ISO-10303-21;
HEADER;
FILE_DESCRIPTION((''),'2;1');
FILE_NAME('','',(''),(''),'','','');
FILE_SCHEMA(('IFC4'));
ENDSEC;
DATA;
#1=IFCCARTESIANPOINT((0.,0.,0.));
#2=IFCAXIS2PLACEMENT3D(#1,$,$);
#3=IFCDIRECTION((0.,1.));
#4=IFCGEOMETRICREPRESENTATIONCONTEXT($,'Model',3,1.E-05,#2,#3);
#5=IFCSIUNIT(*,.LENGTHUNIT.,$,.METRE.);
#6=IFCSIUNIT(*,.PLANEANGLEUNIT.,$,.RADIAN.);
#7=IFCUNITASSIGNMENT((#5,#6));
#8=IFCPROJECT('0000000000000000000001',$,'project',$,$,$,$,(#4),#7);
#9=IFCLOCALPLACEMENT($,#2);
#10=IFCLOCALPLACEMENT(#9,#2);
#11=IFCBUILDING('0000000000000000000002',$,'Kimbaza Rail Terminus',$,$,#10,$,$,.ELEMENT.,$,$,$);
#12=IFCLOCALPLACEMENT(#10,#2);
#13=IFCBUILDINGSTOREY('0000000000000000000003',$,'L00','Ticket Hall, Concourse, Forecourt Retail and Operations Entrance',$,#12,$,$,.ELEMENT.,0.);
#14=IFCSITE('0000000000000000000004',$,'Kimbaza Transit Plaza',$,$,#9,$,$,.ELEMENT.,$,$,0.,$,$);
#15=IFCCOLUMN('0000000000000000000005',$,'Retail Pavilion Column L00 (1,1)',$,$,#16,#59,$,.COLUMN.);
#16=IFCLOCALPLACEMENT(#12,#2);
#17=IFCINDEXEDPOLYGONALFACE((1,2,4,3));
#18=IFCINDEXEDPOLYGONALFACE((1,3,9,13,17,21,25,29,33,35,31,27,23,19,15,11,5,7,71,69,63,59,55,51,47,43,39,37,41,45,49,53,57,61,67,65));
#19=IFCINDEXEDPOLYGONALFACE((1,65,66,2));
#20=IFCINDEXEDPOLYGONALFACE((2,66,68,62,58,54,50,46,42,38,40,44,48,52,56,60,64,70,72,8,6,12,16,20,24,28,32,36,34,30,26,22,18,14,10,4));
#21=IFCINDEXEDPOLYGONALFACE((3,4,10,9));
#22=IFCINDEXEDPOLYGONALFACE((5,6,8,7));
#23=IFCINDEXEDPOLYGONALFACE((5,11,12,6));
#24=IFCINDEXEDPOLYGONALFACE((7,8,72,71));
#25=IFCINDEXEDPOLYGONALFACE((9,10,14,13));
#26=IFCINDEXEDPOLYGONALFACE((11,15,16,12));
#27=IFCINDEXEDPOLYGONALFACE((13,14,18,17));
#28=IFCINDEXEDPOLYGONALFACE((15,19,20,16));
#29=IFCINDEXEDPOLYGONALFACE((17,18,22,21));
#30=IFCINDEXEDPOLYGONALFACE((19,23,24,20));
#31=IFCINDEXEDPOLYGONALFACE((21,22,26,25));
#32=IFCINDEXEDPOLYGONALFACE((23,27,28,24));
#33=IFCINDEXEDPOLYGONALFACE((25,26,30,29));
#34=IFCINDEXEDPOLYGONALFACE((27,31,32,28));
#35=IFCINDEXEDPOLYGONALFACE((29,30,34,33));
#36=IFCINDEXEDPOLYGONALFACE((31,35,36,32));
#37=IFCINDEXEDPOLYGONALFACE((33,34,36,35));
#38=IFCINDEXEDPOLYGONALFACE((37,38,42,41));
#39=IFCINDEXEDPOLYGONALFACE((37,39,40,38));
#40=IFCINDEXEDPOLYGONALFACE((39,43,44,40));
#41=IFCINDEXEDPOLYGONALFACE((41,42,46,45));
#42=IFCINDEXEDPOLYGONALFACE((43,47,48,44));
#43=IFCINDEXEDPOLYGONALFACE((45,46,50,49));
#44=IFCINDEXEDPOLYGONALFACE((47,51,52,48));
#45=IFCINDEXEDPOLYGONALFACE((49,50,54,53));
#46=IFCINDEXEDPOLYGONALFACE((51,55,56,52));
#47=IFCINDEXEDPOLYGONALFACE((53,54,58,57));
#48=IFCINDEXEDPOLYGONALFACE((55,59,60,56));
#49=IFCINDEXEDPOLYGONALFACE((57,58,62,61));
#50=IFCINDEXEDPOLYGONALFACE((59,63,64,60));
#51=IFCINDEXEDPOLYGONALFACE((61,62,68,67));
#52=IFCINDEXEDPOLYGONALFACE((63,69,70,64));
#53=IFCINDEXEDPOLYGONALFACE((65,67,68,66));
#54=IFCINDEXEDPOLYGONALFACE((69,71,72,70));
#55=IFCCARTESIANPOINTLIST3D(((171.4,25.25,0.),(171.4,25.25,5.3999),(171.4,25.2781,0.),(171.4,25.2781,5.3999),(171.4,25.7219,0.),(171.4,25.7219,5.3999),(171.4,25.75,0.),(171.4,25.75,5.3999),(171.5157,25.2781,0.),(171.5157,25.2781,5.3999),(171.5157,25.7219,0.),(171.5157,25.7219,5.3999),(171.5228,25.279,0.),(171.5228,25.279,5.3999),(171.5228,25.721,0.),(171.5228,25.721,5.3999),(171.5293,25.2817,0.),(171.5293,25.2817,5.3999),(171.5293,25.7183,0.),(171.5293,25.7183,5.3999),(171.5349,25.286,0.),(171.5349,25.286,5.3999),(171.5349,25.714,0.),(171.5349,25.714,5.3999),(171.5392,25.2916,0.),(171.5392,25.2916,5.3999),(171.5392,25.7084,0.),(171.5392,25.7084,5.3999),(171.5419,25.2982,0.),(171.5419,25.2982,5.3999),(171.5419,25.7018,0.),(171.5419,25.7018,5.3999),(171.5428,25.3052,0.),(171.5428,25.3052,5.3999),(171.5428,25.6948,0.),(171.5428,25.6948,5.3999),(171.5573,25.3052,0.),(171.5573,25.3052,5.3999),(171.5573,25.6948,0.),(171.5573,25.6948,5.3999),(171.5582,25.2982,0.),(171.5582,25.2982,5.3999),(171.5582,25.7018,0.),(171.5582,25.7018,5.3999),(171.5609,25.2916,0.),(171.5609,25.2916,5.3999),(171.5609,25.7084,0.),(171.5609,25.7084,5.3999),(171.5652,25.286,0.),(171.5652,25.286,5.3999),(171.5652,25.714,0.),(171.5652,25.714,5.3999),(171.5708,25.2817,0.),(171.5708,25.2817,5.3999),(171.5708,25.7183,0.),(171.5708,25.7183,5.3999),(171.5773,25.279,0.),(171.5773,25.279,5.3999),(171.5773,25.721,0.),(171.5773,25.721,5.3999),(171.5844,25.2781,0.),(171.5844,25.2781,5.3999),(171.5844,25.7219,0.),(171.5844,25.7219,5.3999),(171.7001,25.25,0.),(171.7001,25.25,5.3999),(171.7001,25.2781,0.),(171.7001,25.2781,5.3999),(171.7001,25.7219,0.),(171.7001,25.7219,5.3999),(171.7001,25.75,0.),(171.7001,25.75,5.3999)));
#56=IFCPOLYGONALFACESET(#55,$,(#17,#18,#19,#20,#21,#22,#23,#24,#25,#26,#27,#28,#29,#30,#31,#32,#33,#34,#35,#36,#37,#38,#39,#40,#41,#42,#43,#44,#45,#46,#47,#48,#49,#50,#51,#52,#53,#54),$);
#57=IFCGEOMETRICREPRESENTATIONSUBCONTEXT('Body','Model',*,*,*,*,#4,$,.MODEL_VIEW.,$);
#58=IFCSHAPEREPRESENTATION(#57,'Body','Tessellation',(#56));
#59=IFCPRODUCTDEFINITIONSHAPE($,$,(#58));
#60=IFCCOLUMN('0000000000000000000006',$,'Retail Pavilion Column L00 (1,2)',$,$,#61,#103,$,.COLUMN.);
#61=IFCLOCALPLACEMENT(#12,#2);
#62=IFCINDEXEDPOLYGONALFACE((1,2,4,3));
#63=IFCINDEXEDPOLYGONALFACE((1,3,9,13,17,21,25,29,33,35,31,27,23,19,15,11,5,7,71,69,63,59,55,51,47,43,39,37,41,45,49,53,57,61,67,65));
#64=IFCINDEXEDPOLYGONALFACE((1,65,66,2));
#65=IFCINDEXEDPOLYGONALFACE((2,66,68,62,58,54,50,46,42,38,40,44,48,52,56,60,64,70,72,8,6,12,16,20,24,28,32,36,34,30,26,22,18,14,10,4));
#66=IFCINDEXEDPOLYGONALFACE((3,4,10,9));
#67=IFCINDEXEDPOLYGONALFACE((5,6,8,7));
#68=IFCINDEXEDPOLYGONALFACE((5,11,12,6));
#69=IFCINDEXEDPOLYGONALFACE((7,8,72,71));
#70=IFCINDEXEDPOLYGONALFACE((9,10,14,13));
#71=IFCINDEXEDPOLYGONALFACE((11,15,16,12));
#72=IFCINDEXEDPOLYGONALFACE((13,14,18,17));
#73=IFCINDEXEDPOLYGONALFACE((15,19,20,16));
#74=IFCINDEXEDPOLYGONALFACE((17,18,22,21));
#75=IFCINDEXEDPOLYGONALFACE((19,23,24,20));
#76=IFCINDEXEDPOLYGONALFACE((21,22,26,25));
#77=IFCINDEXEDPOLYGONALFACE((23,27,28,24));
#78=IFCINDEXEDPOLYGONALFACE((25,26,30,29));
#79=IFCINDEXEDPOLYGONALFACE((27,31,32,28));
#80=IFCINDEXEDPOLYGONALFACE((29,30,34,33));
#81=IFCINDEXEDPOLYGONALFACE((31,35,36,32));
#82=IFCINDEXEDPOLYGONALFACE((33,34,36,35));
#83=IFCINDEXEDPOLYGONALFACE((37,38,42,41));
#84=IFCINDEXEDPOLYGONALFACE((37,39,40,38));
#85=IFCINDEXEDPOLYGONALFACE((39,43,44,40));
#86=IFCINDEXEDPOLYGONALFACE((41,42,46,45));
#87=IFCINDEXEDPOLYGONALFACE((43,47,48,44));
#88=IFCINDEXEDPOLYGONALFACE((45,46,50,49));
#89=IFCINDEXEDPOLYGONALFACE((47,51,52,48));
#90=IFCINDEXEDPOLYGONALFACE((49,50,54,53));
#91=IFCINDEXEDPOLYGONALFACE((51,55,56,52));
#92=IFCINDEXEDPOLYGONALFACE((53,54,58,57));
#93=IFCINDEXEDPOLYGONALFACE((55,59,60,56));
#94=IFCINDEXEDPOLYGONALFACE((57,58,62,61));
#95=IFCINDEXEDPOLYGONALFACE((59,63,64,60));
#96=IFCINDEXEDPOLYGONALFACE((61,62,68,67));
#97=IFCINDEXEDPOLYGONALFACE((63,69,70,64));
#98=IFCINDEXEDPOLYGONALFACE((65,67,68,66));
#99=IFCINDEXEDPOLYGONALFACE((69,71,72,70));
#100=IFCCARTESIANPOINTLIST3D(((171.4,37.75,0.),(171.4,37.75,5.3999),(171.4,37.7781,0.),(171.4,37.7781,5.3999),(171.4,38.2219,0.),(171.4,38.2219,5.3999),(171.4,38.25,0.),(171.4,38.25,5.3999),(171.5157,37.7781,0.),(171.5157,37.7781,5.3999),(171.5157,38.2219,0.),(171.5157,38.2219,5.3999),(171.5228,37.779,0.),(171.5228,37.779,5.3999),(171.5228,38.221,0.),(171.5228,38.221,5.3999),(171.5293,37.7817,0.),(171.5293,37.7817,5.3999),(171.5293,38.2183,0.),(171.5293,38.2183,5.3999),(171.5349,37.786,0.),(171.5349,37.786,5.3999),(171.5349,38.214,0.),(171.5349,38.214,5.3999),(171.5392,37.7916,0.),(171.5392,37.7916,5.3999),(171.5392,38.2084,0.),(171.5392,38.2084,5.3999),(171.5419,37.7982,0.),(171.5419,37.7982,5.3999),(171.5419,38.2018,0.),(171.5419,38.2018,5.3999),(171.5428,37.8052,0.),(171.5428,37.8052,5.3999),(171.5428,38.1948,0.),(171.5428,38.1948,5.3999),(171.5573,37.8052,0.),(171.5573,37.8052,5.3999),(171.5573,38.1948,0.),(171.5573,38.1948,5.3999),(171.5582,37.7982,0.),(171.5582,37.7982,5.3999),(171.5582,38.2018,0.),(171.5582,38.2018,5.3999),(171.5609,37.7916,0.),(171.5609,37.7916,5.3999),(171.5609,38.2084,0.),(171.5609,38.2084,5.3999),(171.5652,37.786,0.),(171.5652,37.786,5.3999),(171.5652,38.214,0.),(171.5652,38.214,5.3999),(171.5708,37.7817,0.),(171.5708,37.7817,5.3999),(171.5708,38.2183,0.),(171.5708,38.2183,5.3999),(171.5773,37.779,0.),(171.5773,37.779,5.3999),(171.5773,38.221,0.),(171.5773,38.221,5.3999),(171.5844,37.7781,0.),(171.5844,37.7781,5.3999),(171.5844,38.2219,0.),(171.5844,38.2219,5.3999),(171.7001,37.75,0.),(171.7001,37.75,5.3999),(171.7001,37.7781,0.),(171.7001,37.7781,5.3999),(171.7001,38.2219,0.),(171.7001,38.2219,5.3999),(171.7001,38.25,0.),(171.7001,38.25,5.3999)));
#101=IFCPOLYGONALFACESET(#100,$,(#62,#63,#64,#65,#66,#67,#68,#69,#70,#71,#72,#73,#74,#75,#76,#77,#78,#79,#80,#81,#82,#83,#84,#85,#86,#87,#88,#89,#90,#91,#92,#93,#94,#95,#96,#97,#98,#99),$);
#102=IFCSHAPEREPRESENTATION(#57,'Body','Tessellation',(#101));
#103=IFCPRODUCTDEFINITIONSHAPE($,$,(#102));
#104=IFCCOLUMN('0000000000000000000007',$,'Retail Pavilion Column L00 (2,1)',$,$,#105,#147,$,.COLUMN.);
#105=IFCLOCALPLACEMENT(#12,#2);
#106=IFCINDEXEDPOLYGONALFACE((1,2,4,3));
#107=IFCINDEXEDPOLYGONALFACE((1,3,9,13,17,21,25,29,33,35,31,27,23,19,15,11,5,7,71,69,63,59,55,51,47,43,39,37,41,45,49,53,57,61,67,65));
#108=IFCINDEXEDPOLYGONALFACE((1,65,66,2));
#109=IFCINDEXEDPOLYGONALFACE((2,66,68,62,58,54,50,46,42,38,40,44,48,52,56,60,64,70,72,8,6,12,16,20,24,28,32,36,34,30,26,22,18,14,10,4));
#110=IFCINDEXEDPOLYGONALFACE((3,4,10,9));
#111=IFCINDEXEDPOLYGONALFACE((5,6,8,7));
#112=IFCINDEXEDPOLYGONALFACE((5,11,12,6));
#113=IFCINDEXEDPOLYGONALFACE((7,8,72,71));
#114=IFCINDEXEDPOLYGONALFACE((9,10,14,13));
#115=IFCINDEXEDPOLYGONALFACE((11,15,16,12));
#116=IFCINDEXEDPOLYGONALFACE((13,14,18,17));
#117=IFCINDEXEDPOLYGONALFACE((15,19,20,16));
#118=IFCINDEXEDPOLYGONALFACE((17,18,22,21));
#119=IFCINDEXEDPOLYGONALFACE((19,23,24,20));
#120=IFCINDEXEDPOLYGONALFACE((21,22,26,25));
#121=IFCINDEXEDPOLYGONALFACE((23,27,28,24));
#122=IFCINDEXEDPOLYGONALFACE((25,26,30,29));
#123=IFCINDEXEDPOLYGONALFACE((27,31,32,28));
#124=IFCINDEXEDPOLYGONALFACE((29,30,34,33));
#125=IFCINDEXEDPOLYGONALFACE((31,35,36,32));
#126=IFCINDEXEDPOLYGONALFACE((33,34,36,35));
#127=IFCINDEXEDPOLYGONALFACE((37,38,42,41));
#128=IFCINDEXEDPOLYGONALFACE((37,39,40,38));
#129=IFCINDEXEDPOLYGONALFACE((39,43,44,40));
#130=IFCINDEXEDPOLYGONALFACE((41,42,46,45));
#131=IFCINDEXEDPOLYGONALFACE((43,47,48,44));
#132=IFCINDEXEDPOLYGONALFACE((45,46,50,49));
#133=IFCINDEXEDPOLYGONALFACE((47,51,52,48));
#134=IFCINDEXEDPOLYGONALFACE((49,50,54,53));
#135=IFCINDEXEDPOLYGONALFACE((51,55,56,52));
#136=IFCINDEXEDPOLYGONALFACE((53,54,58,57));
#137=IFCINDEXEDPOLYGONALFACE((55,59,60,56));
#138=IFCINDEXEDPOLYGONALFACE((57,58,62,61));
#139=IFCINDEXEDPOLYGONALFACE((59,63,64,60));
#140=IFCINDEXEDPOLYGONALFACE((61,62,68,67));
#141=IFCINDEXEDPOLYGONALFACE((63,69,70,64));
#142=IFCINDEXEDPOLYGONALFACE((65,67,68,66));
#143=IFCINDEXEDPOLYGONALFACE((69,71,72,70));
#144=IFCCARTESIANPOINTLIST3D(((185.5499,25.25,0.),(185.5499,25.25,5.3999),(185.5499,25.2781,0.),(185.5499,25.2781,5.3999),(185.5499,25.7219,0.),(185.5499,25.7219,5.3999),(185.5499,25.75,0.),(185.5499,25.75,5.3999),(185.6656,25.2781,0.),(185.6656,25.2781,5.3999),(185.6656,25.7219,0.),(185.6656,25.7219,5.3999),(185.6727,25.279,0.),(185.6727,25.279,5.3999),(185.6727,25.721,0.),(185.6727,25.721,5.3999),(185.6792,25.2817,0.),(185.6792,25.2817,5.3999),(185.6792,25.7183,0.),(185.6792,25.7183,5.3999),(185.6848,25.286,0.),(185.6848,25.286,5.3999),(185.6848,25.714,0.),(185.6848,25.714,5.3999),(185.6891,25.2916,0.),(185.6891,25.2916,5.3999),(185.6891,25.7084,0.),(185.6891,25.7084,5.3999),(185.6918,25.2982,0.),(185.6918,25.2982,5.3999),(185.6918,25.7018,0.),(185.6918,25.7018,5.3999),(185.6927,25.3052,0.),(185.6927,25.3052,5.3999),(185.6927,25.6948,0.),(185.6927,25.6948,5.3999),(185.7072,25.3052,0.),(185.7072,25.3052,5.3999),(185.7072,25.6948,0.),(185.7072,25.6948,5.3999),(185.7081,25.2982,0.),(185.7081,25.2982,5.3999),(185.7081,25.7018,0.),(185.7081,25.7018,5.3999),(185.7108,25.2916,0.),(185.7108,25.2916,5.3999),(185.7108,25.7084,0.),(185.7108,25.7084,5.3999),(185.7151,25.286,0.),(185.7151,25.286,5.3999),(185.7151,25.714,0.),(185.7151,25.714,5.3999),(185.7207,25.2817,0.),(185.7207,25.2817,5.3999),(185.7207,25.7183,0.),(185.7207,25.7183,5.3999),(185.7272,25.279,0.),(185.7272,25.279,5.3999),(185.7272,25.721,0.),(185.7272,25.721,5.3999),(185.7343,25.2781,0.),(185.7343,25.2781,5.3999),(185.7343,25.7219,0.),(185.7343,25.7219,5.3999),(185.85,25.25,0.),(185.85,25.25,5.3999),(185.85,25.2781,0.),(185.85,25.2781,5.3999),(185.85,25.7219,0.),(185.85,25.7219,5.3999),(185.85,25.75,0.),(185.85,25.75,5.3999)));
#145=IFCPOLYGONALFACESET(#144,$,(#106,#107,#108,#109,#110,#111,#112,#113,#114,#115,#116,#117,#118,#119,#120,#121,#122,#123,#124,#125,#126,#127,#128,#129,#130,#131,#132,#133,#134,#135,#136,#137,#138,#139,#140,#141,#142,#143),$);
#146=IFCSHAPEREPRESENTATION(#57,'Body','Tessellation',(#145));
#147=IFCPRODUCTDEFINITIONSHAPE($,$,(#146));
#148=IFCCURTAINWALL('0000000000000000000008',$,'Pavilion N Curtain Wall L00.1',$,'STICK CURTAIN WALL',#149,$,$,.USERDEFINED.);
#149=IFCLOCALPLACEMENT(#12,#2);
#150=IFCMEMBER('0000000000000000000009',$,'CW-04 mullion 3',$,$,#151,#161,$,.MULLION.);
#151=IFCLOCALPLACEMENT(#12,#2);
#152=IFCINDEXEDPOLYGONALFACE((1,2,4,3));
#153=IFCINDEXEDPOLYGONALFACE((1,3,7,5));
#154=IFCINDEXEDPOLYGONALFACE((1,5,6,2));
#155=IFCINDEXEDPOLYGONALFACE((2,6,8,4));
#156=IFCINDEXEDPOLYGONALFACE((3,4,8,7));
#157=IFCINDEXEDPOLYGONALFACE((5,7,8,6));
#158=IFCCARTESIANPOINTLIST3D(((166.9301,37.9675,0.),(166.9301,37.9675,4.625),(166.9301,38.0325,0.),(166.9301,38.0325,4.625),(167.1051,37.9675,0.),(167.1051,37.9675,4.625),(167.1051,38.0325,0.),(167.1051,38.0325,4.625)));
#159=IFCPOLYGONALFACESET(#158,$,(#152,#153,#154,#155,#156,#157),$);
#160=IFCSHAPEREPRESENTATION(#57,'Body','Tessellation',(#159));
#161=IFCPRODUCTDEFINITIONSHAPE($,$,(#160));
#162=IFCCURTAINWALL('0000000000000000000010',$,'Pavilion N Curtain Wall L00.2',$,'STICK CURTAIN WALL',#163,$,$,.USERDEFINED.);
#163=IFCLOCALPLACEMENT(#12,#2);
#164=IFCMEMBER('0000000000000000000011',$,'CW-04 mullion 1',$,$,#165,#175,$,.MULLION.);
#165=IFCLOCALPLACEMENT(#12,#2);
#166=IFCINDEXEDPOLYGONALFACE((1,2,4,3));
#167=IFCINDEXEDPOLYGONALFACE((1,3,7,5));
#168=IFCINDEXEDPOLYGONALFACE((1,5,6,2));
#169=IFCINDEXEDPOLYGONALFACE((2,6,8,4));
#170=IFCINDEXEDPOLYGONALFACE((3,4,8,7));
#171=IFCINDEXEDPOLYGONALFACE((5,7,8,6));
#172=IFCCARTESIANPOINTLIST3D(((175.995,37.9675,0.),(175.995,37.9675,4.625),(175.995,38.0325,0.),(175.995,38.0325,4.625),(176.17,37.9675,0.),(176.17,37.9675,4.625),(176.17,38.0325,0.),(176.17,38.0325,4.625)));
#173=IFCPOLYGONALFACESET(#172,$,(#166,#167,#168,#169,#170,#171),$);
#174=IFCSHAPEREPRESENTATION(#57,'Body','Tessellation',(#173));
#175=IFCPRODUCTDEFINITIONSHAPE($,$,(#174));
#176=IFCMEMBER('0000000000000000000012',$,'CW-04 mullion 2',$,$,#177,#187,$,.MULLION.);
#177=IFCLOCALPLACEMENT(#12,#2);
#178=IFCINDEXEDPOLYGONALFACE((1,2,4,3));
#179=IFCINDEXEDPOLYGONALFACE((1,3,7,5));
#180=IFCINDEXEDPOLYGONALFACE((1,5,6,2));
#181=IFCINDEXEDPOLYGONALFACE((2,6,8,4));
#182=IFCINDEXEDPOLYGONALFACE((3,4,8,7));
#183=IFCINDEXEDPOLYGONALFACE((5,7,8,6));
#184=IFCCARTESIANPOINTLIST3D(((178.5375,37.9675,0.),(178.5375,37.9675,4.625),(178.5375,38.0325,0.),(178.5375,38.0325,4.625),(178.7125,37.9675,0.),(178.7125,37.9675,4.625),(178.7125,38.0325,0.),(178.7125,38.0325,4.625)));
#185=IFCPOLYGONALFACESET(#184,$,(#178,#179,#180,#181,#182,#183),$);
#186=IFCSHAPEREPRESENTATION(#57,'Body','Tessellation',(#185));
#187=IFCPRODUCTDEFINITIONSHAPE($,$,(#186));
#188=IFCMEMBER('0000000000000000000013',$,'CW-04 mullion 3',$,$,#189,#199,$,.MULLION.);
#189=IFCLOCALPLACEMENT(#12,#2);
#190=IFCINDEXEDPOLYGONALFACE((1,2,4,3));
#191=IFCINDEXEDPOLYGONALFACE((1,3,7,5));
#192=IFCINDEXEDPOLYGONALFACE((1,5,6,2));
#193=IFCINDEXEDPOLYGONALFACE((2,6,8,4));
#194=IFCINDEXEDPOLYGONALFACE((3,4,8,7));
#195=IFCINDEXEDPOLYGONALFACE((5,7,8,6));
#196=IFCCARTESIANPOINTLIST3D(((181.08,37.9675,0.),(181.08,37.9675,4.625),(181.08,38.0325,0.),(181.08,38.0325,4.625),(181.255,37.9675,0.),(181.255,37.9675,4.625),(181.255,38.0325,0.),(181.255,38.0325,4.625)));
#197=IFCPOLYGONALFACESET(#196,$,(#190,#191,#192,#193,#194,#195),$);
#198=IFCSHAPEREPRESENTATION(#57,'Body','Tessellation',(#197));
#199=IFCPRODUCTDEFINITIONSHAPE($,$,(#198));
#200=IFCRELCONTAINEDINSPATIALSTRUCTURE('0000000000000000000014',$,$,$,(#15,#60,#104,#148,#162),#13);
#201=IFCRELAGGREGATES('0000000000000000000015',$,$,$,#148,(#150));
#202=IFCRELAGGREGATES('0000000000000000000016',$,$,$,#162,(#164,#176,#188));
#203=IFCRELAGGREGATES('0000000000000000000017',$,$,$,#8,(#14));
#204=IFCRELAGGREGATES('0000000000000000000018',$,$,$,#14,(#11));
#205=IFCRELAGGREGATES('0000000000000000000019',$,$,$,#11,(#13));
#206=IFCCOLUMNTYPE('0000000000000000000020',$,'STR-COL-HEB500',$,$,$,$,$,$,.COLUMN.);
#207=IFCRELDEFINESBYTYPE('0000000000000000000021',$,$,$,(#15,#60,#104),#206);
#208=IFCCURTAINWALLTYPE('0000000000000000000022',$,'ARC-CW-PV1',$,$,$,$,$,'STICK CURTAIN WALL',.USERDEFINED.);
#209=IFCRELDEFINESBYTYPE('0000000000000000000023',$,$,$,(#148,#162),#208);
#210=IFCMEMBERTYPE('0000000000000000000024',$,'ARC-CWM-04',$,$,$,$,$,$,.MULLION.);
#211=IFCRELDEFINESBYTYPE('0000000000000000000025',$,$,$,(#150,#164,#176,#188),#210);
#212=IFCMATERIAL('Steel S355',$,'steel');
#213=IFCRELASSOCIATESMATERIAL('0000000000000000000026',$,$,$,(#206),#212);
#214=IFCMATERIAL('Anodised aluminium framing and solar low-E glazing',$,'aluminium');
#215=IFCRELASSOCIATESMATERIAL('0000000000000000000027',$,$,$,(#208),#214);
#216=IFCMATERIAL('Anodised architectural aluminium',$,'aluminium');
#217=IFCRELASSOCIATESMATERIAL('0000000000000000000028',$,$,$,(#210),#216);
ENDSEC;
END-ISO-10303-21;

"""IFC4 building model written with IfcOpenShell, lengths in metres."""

from ifc_helpers import new_model, si_unit, direction, frame, origin, origin_2d, place, context, subcontext, project, spatial, rectangle, i_section, extrude, material, material_profile, profile_set, type_object, element, aggregate, save


model = new_model("IFC4")

# Units and contexts
model_context = context("Model", 3, precision=1e-05, world=origin(), true_north=direction((0.0, 1.0)))
body_context = subcontext(model_context, "Body", "Model", "MODEL_VIEW")
ifc_project = project(units=[si_unit("LENGTHUNIT", "METRE"), si_unit("PLANEANGLEUNIT", "RADIAN")], contexts=[model_context])

# Site, building, storey
site_placement = place(None, origin())
site = spatial("IfcSite", under=ifc_project, at=site_placement, Name="Kimbaza Transit Plaza", CompositionType="ELEMENT", RefElevation=0.0)
building_placement = place(site_placement, origin())
building = spatial("IfcBuilding", under=site, at=building_placement, Name="Kimbaza Rail Terminus", CompositionType="ELEMENT")
storey_placement = place(building_placement, origin())
storey = spatial("IfcBuildingStorey", under=building, at=storey_placement, Name="L00", Description="Ticket Hall, Concourse, Forecourt Retail and Operations Entrance", CompositionType="ELEMENT", Elevation=0.0)

# Columns
ifc_material_1 = material(Name="Steel S355", Category="steel")
ifc_material_profile_1 = material_profile(ifc_material_1, i_section(OverallWidth=0.3, OverallDepth=0.5, WebThickness=0.0144, FlangeThickness=0.0281, FilletRadius=0.0271, at=origin_2d()), Name="HEB 500")
ifc_profile_set_1 = profile_set([ifc_material_profile_1], Name="Steel S355")
column_type = type_object("IfcColumnType", Name="STR-COL-HEB500", PredefinedType="COLUMN", material=ifc_profile_set_1)
for number, where, z_axis, x_axis, name in (
    (1, (171.55, 25.5, 0.0), (0.0, 0.0, 1.0), (1.0, 0.0, 0.0), "Retail Pavilion Column L00 (1,1)"),
    (2, (171.55, 38.0, 0.0), (0.0, 0.0, 1.0), (1.0, 0.0, 0.0), "Retail Pavilion Column L00 (1,2)"),
    (3, (185.7, 25.5, 0.0), (0.0, 0.0, 1.0), (1.0, 0.0, 0.0), "Retail Pavilion Column L00 (2,1)"),
):
    element("IfcColumn", number, at=place(storey_placement, frame(where, z_axis=z_axis, x_axis=x_axis)), inside=storey, type_object=column_type, Name=name, PredefinedType="COLUMN", context=body_context, shape_type="SweptSolid", body=[
        extrude(i_section(OverallWidth=0.3, OverallDepth=0.5, WebThickness=0.0144, FlangeThickness=0.0281, FilletRadius=0.0271, at=origin_2d()), origin(), (0.0, 0.0, 1.0), 5.3999),
    ])

# Curtain wall, member
ifc_material_2 = material(Name="Anodised aluminium framing and solar low-E glazing", Category="aluminium")
curtain_wall_type = type_object("IfcCurtainWallType", Name="ARC-CW-PV1", ElementType="STICK CURTAIN WALL", PredefinedType="USERDEFINED", material=ifc_material_2)
curtain_wall_1_placement = place(storey_placement, origin())
curtain_wall_1 = element("IfcCurtainWall", 4, at=curtain_wall_1_placement, inside=storey, type_object=curtain_wall_type, Name="Pavilion N Curtain Wall L00.1", ObjectType="STICK CURTAIN WALL", PredefinedType="USERDEFINED")
ifc_material_3 = material(Name="Anodised architectural aluminium", Category="aluminium")
ifc_material_profile_2 = material_profile(ifc_material_3, rectangle(XDim=0.0649, YDim=0.175, at=origin_2d()), Name="MULLION 65x175")
ifc_profile_set_2 = profile_set([ifc_material_profile_2], Name="Anodised architectural aluminium")
member_type_1 = type_object("IfcMemberType", Name="ARC-CWM-04", PredefinedType="MULLION", material=ifc_profile_set_2)
member_1_placement = place(storey_placement, frame((167.0176, 38.0, 0.0), z_axis=(0.0, 0.0, 1.0), x_axis=(0.0, 1.0, 0.0)))
member_1 = element("IfcMember", 5, at=member_1_placement, type_object=member_type_1, Name="CW-04 mullion 3", PredefinedType="MULLION", context=body_context, shape_type="SweptSolid", body=[
    extrude(rectangle(XDim=0.0649, YDim=0.175, at=origin_2d()), origin(), (0.0, 0.0, 1.0), 4.625),
])

# Curtain wall, members
curtain_wall_2_placement = place(storey_placement, origin())
curtain_wall_2 = element("IfcCurtainWall", 6, at=curtain_wall_2_placement, inside=storey, type_object=curtain_wall_type, Name="Pavilion N Curtain Wall L00.2", ObjectType="STICK CURTAIN WALL", PredefinedType="USERDEFINED")
member_2_placement = place(storey_placement, frame((176.0825, 38.0, 0.0), z_axis=(0.0, 0.0, 1.0), x_axis=(0.0, 1.0, 0.0)))
member_2 = element("IfcMember", 7, at=member_2_placement, type_object=member_type_1, Name="CW-04 mullion 1", PredefinedType="MULLION", context=body_context, shape_type="SweptSolid", body=[
    extrude(rectangle(XDim=0.0649, YDim=0.175, at=origin_2d()), origin(), (0.0, 0.0, 1.0), 4.625),
])
member_3_placement = place(storey_placement, frame((178.625, 38.0, 0.0), z_axis=(0.0, 0.0, 1.0), x_axis=(0.0, 1.0, 0.0)))
member_3 = element("IfcMember", 8, at=member_3_placement, type_object=member_type_1, Name="CW-04 mullion 2", PredefinedType="MULLION", context=body_context, shape_type="SweptSolid", body=[
    extrude(rectangle(XDim=0.0649, YDim=0.175, at=origin_2d()), origin(), (0.0, 0.0, 1.0), 4.625),
])
member_4_placement = place(storey_placement, frame((181.1675, 38.0, 0.0), z_axis=(0.0, 0.0, 1.0), x_axis=(0.0, 1.0, 0.0)))
member_4 = element("IfcMember", 9, at=member_4_placement, type_object=member_type_1, Name="CW-04 mullion 3", PredefinedType="MULLION", context=body_context, shape_type="SweptSolid", body=[
    extrude(rectangle(XDim=0.0649, YDim=0.175, at=origin_2d()), origin(), (0.0, 0.0, 1.0), 4.625),
])

aggregate(curtain_wall_1, [member_1])
aggregate(curtain_wall_2, [member_2, member_3, member_4])

save(model, "model.ifc")
